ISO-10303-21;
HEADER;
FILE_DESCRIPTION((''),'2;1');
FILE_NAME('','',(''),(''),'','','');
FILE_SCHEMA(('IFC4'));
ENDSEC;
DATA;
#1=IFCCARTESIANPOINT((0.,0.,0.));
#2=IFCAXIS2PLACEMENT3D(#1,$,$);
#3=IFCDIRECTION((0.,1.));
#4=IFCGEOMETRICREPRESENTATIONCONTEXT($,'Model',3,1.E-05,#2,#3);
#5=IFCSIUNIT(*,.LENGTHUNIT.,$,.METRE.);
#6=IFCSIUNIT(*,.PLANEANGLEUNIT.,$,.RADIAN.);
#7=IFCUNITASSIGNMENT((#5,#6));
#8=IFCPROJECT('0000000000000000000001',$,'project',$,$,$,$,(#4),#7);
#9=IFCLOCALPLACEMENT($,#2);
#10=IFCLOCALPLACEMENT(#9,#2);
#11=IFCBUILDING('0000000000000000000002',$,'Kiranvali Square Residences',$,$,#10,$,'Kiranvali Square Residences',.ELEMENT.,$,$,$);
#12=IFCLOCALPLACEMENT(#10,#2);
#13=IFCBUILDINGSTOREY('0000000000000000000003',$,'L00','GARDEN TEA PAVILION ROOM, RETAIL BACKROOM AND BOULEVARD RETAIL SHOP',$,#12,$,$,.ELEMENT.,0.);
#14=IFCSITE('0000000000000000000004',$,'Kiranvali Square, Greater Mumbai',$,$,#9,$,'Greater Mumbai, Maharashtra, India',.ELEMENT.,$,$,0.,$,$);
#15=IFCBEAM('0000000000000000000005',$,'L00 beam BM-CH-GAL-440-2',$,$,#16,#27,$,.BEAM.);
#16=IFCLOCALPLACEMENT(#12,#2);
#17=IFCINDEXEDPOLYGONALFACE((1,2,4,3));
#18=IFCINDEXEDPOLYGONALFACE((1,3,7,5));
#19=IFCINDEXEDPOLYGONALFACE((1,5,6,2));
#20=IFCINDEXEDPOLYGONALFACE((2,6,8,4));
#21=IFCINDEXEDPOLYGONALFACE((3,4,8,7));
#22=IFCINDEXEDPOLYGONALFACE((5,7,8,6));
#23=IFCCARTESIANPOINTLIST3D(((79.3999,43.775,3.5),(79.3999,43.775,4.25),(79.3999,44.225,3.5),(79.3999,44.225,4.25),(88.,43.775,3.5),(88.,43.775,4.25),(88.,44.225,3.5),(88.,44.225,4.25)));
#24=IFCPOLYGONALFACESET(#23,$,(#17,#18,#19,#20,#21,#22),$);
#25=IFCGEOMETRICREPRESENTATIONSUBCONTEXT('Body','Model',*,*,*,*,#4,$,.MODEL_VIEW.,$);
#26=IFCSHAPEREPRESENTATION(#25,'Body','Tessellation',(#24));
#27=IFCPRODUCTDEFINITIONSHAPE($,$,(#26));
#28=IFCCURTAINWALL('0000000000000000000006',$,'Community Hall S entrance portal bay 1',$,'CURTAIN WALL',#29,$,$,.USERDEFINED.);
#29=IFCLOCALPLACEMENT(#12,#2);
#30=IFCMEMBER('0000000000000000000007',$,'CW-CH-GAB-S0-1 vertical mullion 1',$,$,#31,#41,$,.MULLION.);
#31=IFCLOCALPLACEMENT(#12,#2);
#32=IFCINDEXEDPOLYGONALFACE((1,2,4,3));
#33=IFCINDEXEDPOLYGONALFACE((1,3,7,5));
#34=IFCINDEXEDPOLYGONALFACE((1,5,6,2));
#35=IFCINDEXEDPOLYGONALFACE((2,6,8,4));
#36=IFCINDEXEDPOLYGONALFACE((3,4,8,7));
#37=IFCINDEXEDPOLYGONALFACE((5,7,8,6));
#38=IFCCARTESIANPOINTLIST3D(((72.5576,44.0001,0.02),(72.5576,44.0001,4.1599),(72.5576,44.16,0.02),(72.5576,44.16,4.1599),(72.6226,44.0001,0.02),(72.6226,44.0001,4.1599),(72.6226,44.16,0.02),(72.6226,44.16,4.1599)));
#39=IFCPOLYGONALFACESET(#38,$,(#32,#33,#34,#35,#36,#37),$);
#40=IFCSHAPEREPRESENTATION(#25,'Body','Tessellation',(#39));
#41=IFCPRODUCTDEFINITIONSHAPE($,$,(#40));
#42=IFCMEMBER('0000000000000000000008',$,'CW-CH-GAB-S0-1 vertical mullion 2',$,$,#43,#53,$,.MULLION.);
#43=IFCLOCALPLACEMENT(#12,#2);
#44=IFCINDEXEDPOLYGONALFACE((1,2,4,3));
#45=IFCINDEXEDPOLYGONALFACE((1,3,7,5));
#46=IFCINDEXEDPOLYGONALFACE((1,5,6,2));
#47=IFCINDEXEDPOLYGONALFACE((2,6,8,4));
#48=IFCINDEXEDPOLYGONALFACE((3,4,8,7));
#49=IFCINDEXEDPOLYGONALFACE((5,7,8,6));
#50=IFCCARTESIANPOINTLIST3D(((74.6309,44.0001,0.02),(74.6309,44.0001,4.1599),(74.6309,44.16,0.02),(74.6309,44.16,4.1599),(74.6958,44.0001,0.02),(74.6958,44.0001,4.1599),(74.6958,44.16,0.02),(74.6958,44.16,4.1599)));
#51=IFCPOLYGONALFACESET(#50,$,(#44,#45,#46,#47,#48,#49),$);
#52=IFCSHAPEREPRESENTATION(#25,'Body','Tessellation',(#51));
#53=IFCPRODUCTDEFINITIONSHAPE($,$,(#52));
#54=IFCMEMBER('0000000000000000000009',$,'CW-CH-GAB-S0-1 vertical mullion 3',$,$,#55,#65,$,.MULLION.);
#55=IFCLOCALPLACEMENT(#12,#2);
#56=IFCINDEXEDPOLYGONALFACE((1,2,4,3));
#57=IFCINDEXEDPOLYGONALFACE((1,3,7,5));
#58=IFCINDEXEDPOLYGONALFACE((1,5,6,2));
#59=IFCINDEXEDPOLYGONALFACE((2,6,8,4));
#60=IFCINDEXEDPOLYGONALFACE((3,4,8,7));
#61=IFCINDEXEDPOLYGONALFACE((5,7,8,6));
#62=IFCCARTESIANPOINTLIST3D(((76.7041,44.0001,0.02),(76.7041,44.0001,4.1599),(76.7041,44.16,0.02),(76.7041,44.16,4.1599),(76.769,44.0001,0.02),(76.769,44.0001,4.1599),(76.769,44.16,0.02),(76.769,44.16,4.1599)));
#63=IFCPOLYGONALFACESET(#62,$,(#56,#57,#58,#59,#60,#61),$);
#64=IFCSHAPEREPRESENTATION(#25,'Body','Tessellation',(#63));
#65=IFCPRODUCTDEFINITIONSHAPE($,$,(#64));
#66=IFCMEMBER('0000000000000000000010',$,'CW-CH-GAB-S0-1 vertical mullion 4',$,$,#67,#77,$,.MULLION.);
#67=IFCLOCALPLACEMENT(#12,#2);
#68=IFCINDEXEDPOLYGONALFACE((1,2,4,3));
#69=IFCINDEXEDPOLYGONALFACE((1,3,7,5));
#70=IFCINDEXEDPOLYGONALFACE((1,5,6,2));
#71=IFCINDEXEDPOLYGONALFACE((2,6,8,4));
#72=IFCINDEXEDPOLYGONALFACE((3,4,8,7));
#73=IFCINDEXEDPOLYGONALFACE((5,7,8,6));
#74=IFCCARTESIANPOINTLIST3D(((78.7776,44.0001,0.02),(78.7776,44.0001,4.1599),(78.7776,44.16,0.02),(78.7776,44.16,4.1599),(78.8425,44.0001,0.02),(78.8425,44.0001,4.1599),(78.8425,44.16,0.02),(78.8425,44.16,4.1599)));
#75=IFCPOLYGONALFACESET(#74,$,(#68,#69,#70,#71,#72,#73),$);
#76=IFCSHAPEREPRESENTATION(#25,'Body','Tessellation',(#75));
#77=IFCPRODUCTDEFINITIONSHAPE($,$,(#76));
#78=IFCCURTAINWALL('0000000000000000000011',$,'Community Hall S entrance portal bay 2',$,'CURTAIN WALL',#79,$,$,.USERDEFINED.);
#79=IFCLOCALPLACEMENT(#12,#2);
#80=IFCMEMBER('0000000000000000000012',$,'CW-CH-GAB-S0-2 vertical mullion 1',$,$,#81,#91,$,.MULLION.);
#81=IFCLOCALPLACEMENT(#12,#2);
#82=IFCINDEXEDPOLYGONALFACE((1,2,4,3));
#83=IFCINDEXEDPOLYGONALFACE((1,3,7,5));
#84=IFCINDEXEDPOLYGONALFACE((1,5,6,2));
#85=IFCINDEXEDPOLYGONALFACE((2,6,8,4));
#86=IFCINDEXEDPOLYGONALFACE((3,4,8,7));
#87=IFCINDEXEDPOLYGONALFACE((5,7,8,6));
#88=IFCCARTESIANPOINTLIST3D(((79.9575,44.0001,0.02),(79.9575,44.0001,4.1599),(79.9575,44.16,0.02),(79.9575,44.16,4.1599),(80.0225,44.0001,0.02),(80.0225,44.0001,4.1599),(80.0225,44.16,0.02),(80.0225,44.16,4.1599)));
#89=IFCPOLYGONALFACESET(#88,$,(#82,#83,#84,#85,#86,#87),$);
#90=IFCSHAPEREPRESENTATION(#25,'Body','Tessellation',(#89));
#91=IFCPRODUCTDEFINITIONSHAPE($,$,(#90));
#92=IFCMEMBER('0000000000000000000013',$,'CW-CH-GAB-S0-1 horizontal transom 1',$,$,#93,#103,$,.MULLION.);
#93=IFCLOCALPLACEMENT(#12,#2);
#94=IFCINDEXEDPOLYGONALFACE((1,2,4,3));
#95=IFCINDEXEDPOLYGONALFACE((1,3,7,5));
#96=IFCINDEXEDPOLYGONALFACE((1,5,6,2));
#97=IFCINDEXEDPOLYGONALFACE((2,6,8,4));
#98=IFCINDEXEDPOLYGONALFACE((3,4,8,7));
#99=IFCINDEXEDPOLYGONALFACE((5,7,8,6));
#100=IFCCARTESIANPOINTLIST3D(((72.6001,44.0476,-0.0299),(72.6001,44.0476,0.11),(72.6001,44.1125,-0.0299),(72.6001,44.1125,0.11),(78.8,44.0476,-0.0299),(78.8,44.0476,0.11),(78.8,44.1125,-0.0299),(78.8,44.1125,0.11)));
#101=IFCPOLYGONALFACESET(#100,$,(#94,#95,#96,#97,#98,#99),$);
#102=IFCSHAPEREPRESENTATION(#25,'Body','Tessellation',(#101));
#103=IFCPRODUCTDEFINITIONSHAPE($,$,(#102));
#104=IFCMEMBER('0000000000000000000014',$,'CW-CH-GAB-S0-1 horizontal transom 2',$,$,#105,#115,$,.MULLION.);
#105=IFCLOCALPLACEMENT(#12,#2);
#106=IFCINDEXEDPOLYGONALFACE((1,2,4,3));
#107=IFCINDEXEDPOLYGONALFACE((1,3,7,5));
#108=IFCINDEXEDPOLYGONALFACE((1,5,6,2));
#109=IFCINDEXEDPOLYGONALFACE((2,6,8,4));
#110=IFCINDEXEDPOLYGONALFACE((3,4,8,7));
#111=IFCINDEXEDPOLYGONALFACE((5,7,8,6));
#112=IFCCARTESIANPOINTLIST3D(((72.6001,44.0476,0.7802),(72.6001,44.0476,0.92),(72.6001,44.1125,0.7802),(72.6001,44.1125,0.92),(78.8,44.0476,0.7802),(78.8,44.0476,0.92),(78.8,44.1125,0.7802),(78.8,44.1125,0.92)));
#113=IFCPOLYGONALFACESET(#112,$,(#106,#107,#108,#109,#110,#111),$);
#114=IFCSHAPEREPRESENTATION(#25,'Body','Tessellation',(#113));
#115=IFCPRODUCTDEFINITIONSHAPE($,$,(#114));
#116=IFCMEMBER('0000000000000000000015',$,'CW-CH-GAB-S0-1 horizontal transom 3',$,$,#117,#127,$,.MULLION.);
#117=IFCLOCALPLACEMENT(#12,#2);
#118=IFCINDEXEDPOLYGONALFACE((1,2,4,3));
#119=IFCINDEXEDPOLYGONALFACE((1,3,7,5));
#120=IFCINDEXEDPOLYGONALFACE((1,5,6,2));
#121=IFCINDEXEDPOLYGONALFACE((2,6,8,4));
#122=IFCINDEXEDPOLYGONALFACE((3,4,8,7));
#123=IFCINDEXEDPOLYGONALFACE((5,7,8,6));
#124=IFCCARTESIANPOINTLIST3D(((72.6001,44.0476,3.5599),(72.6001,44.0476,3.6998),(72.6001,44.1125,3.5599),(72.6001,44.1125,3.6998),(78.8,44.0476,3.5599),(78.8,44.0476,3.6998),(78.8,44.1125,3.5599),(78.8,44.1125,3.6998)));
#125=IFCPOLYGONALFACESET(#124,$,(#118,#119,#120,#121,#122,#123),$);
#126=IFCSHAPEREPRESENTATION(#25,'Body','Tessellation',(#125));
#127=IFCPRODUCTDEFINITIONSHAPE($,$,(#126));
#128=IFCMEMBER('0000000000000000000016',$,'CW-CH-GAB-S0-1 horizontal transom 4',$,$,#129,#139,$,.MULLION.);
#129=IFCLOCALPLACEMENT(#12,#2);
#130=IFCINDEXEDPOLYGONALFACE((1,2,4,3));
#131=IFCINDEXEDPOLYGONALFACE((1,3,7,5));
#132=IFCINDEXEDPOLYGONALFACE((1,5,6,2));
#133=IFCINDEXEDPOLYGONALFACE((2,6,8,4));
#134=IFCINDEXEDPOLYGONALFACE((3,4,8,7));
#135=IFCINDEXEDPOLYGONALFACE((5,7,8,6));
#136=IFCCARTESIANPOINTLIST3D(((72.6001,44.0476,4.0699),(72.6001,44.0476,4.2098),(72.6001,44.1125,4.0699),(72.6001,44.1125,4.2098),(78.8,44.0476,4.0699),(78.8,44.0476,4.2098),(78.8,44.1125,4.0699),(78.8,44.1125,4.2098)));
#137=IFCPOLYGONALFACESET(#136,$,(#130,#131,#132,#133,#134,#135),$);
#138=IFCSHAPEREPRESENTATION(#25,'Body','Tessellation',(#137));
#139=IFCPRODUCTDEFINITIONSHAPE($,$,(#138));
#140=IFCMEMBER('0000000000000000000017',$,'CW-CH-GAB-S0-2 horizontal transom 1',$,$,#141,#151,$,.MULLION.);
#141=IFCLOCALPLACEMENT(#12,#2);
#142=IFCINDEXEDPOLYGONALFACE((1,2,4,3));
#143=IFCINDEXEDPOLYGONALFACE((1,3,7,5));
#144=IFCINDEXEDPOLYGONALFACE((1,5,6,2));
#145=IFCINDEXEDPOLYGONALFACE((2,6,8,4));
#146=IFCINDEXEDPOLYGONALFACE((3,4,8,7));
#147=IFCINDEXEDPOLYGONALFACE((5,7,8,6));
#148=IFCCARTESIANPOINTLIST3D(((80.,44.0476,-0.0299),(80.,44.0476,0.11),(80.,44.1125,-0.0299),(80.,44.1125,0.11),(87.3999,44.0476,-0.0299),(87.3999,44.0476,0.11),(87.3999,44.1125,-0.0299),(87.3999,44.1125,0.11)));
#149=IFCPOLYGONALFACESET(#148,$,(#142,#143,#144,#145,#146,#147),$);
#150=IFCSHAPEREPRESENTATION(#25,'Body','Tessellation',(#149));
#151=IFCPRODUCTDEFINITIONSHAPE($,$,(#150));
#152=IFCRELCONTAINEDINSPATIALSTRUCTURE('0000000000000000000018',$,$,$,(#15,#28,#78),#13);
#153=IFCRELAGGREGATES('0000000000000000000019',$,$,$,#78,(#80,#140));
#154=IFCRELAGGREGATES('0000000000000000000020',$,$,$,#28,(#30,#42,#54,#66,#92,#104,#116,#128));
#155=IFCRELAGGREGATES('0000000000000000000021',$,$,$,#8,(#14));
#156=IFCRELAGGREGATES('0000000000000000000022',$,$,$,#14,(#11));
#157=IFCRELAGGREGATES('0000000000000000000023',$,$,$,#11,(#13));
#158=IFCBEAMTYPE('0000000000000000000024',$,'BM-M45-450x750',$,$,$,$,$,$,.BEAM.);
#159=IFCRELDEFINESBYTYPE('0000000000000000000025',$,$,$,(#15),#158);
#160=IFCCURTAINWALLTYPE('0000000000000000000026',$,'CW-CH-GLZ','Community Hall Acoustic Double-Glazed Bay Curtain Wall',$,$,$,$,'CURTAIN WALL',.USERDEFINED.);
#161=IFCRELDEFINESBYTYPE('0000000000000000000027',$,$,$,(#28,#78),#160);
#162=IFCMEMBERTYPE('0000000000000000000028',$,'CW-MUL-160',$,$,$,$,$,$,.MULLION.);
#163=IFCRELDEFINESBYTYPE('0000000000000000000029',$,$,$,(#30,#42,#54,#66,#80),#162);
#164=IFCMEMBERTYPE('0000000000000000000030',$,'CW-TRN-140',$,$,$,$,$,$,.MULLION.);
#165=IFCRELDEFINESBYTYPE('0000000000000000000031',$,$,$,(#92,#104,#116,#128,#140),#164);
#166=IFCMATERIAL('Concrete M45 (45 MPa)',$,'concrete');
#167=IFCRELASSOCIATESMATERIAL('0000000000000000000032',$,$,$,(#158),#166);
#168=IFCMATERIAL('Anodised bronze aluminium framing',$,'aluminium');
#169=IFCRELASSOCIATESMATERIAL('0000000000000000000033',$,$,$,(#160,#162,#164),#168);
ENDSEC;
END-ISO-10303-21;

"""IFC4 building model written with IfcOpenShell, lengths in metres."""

from ifc_helpers import new_model, si_unit, direction, frame, origin, origin_2d, place, context, subcontext, project, spatial, rectangle, extrude, material, material_profile, profile_set, type_object, element, aggregate, save


model = new_model("IFC4")

# Units and contexts
model_context = context("Model", 3, precision=1e-05, world=origin(), true_north=direction((0.0, 1.0)))
body_context = subcontext(model_context, "Body", "Model", "MODEL_VIEW")
ifc_project = project(units=[si_unit("LENGTHUNIT", "METRE"), si_unit("PLANEANGLEUNIT", "RADIAN")], contexts=[model_context])

# Site, building, storey
site_placement = place(None, origin())
site = spatial("IfcSite", under=ifc_project, at=site_placement, Name="Kiranvali Square, Greater Mumbai", LongName="Greater Mumbai, Maharashtra, India", CompositionType="ELEMENT", RefElevation=0.0)
building_placement = place(site_placement, origin())
building = spatial("IfcBuilding", under=site, at=building_placement, Name="Kiranvali Square Residences", LongName="Kiranvali Square Residences", CompositionType="ELEMENT")
storey_placement = place(building_placement, origin())
storey = spatial("IfcBuildingStorey", under=building, at=storey_placement, Name="L00", Description="GARDEN TEA PAVILION ROOM, RETAIL BACKROOM AND BOULEVARD RETAIL SHOP", CompositionType="ELEMENT", Elevation=0.0)

# Shared definitions
ifc_material_1 = material(Name="Concrete M45 (45 MPa)", Category="concrete")

# Beam
ifc_material_profile_1 = material_profile(ifc_material_1, rectangle(XDim=0.45, YDim=0.75, at=origin_2d()), Name="RC 450x750")
ifc_profile_set_1 = profile_set([ifc_material_profile_1], Name="Concrete M45 (45 MPa)")
beam_type_1 = type_object("IfcBeamType", Name="BM-M45-450x750", PredefinedType="BEAM", material=ifc_profile_set_1)
beam_1_placement = place(storey_placement, frame((79.3999, 44.0, 3.875), z_axis=(1.0, 0.0, 0.0), x_axis=(0.0, 1.0, 0.0)))
element("IfcBeam", 1, at=beam_1_placement, inside=storey, type_object=beam_type_1, Name="L00 beam BM-CH-GAL-440-2", PredefinedType="BEAM", context=body_context, shape_type="SweptSolid", body=[
    extrude(rectangle(XDim=0.45, YDim=0.75, at=origin_2d()), origin(), (0.0, 0.0, 1.0), 8.6001),
])

# Curtain wall, members
ifc_material_2 = material(Name="Anodised bronze aluminium framing", Category="aluminium")
curtain_wall_type = type_object("IfcCurtainWallType", Name="CW-CH-GLZ", Description="Community Hall Acoustic Double-Glazed Bay Curtain Wall", ElementType="CURTAIN WALL", PredefinedType="USERDEFINED", material=ifc_material_2)
curtain_wall_1_placement = place(storey_placement, origin())
curtain_wall_1 = element("IfcCurtainWall", 2, at=curtain_wall_1_placement, inside=storey, type_object=curtain_wall_type, Name="Community Hall S entrance portal bay 1", ObjectType="CURTAIN WALL", PredefinedType="USERDEFINED")
ifc_material_profile_2 = material_profile(ifc_material_2, rectangle(XDim=0.0649, YDim=0.1599, at=origin_2d()), Name="ALU 65x160")
ifc_profile_set_2 = profile_set([ifc_material_profile_2], Name="Anodised bronze aluminium framing")
member_type_1 = type_object("IfcMemberType", Name="CW-MUL-160", PredefinedType="MULLION", material=ifc_profile_set_2)
member_1_placement = place(storey_placement, frame((72.5901, 44.0801, 0.02), z_axis=(0.0, 0.0, 1.0), x_axis=(1.0, 0.0, 0.0)))
member_1 = element("IfcMember", 3, at=member_1_placement, type_object=member_type_1, Name="CW-CH-GAB-S0-1 vertical mullion 1", PredefinedType="MULLION", context=body_context, shape_type="SweptSolid", body=[
    extrude(rectangle(XDim=0.0649, YDim=0.1599, at=origin_2d()), origin(), (0.0, 0.0, 1.0), 4.1399),
])
member_2_placement = place(storey_placement, frame((74.6633, 44.0801, 0.02), z_axis=(0.0, 0.0, 1.0), x_axis=(1.0, 0.0, 0.0)))
member_2 = element("IfcMember", 4, at=member_2_placement, type_object=member_type_1, Name="CW-CH-GAB-S0-1 vertical mullion 2", PredefinedType="MULLION", context=body_context, shape_type="SweptSolid", body=[
    extrude(rectangle(XDim=0.0649, YDim=0.1599, at=origin_2d()), origin(), (0.0, 0.0, 1.0), 4.1399),
])
member_3_placement = place(storey_placement, frame((76.7366, 44.0801, 0.02), z_axis=(0.0, 0.0, 1.0), x_axis=(1.0, 0.0, 0.0)))
member_3 = element("IfcMember", 5, at=member_3_placement, type_object=member_type_1, Name="CW-CH-GAB-S0-1 vertical mullion 3", PredefinedType="MULLION", context=body_context, shape_type="SweptSolid", body=[
    extrude(rectangle(XDim=0.0649, YDim=0.1599, at=origin_2d()), origin(), (0.0, 0.0, 1.0), 4.1399),
])
member_4_placement = place(storey_placement, frame((78.8101, 44.0801, 0.02), z_axis=(0.0, 0.0, 1.0), x_axis=(1.0, 0.0, 0.0)))
member_4 = element("IfcMember", 6, at=member_4_placement, type_object=member_type_1, Name="CW-CH-GAB-S0-1 vertical mullion 4", PredefinedType="MULLION", context=body_context, shape_type="SweptSolid", body=[
    extrude(rectangle(XDim=0.0649, YDim=0.1599, at=origin_2d()), origin(), (0.0, 0.0, 1.0), 4.1399),
])

# Curtain wall, member
curtain_wall_2_placement = place(storey_placement, origin())
curtain_wall_2 = element("IfcCurtainWall", 7, at=curtain_wall_2_placement, inside=storey, type_object=curtain_wall_type, Name="Community Hall S entrance portal bay 2", ObjectType="CURTAIN WALL", PredefinedType="USERDEFINED")
member_5_placement = place(storey_placement, frame((79.99, 44.0801, 0.02), z_axis=(0.0, 0.0, 1.0), x_axis=(1.0, 0.0, 0.0)))
member_5 = element("IfcMember", 8, at=member_5_placement, type_object=member_type_1, Name="CW-CH-GAB-S0-2 vertical mullion 1", PredefinedType="MULLION", context=body_context, shape_type="SweptSolid", body=[
    extrude(rectangle(XDim=0.0649, YDim=0.1599, at=origin_2d()), origin(), (0.0, 0.0, 1.0), 4.1399),
])

# Members
ifc_material_profile_3 = material_profile(ifc_material_2, rectangle(XDim=0.0649, YDim=0.1399, at=origin_2d()), Name="ALU 65x140")
ifc_profile_set_3 = profile_set([ifc_material_profile_3], Name="Anodised bronze aluminium framing")
member_type_2 = type_object("IfcMemberType", Name="CW-TRN-140", PredefinedType="MULLION", material=ifc_profile_set_3)
member_6_placement = place(storey_placement, frame((72.6001, 44.0801, 0.04), z_axis=(1.0, 0.0, 0.0), x_axis=(0.0, 1.0, 0.0)))
member_6 = element("IfcMember", 9, at=member_6_placement, type_object=member_type_2, Name="CW-CH-GAB-S0-1 horizontal transom 1", PredefinedType="MULLION", context=body_context, shape_type="SweptSolid", body=[
    extrude(rectangle(XDim=0.0649, YDim=0.1399, at=origin_2d()), origin(), (0.0, 0.0, 1.0), 6.2),
])
member_7_placement = place(storey_placement, frame((72.6001, 44.0801, 0.8501), z_axis=(1.0, 0.0, 0.0), x_axis=(0.0, 1.0, 0.0)))
member_7 = element("IfcMember", 10, at=member_7_placement, type_object=member_type_2, Name="CW-CH-GAB-S0-1 horizontal transom 2", PredefinedType="MULLION", context=body_context, shape_type="SweptSolid", body=[
    extrude(rectangle(XDim=0.0649, YDim=0.1399, at=origin_2d()), origin(), (0.0, 0.0, 1.0), 6.2),
])
member_8_placement = place(storey_placement, frame((72.6001, 44.0801, 3.6299), z_axis=(1.0, 0.0, 0.0), x_axis=(0.0, 1.0, 0.0)))
member_8 = element("IfcMember", 11, at=member_8_placement, type_object=member_type_2, Name="CW-CH-GAB-S0-1 horizontal transom 3", PredefinedType="MULLION", context=body_context, shape_type="SweptSolid", body=[
    extrude(rectangle(XDim=0.0649, YDim=0.1399, at=origin_2d()), origin(), (0.0, 0.0, 1.0), 6.2),
])
member_9_placement = place(storey_placement, frame((72.6001, 44.0801, 4.1399), z_axis=(1.0, 0.0, 0.0), x_axis=(0.0, 1.0, 0.0)))
member_9 = element("IfcMember", 12, at=member_9_placement, type_object=member_type_2, Name="CW-CH-GAB-S0-1 horizontal transom 4", PredefinedType="MULLION", context=body_context, shape_type="SweptSolid", body=[
    extrude(rectangle(XDim=0.0649, YDim=0.1399, at=origin_2d()), origin(), (0.0, 0.0, 1.0), 6.2),
])
member_10_placement = place(storey_placement, frame((80.0, 44.0801, 0.04), z_axis=(1.0, 0.0, 0.0), x_axis=(0.0, 1.0, 0.0)))
member_10 = element("IfcMember", 13, at=member_10_placement, type_object=member_type_2, Name="CW-CH-GAB-S0-2 horizontal transom 1", PredefinedType="MULLION", context=body_context, shape_type="SweptSolid", body=[
    extrude(rectangle(XDim=0.0649, YDim=0.1399, at=origin_2d()), origin(), (0.0, 0.0, 1.0), 7.3999),
])
aggregate(curtain_wall_2, [member_5, member_10])

aggregate(curtain_wall_1, [member_1, member_2, member_3, member_4, member_6, member_7, member_8, member_9])

save(model, "model.ifc")
